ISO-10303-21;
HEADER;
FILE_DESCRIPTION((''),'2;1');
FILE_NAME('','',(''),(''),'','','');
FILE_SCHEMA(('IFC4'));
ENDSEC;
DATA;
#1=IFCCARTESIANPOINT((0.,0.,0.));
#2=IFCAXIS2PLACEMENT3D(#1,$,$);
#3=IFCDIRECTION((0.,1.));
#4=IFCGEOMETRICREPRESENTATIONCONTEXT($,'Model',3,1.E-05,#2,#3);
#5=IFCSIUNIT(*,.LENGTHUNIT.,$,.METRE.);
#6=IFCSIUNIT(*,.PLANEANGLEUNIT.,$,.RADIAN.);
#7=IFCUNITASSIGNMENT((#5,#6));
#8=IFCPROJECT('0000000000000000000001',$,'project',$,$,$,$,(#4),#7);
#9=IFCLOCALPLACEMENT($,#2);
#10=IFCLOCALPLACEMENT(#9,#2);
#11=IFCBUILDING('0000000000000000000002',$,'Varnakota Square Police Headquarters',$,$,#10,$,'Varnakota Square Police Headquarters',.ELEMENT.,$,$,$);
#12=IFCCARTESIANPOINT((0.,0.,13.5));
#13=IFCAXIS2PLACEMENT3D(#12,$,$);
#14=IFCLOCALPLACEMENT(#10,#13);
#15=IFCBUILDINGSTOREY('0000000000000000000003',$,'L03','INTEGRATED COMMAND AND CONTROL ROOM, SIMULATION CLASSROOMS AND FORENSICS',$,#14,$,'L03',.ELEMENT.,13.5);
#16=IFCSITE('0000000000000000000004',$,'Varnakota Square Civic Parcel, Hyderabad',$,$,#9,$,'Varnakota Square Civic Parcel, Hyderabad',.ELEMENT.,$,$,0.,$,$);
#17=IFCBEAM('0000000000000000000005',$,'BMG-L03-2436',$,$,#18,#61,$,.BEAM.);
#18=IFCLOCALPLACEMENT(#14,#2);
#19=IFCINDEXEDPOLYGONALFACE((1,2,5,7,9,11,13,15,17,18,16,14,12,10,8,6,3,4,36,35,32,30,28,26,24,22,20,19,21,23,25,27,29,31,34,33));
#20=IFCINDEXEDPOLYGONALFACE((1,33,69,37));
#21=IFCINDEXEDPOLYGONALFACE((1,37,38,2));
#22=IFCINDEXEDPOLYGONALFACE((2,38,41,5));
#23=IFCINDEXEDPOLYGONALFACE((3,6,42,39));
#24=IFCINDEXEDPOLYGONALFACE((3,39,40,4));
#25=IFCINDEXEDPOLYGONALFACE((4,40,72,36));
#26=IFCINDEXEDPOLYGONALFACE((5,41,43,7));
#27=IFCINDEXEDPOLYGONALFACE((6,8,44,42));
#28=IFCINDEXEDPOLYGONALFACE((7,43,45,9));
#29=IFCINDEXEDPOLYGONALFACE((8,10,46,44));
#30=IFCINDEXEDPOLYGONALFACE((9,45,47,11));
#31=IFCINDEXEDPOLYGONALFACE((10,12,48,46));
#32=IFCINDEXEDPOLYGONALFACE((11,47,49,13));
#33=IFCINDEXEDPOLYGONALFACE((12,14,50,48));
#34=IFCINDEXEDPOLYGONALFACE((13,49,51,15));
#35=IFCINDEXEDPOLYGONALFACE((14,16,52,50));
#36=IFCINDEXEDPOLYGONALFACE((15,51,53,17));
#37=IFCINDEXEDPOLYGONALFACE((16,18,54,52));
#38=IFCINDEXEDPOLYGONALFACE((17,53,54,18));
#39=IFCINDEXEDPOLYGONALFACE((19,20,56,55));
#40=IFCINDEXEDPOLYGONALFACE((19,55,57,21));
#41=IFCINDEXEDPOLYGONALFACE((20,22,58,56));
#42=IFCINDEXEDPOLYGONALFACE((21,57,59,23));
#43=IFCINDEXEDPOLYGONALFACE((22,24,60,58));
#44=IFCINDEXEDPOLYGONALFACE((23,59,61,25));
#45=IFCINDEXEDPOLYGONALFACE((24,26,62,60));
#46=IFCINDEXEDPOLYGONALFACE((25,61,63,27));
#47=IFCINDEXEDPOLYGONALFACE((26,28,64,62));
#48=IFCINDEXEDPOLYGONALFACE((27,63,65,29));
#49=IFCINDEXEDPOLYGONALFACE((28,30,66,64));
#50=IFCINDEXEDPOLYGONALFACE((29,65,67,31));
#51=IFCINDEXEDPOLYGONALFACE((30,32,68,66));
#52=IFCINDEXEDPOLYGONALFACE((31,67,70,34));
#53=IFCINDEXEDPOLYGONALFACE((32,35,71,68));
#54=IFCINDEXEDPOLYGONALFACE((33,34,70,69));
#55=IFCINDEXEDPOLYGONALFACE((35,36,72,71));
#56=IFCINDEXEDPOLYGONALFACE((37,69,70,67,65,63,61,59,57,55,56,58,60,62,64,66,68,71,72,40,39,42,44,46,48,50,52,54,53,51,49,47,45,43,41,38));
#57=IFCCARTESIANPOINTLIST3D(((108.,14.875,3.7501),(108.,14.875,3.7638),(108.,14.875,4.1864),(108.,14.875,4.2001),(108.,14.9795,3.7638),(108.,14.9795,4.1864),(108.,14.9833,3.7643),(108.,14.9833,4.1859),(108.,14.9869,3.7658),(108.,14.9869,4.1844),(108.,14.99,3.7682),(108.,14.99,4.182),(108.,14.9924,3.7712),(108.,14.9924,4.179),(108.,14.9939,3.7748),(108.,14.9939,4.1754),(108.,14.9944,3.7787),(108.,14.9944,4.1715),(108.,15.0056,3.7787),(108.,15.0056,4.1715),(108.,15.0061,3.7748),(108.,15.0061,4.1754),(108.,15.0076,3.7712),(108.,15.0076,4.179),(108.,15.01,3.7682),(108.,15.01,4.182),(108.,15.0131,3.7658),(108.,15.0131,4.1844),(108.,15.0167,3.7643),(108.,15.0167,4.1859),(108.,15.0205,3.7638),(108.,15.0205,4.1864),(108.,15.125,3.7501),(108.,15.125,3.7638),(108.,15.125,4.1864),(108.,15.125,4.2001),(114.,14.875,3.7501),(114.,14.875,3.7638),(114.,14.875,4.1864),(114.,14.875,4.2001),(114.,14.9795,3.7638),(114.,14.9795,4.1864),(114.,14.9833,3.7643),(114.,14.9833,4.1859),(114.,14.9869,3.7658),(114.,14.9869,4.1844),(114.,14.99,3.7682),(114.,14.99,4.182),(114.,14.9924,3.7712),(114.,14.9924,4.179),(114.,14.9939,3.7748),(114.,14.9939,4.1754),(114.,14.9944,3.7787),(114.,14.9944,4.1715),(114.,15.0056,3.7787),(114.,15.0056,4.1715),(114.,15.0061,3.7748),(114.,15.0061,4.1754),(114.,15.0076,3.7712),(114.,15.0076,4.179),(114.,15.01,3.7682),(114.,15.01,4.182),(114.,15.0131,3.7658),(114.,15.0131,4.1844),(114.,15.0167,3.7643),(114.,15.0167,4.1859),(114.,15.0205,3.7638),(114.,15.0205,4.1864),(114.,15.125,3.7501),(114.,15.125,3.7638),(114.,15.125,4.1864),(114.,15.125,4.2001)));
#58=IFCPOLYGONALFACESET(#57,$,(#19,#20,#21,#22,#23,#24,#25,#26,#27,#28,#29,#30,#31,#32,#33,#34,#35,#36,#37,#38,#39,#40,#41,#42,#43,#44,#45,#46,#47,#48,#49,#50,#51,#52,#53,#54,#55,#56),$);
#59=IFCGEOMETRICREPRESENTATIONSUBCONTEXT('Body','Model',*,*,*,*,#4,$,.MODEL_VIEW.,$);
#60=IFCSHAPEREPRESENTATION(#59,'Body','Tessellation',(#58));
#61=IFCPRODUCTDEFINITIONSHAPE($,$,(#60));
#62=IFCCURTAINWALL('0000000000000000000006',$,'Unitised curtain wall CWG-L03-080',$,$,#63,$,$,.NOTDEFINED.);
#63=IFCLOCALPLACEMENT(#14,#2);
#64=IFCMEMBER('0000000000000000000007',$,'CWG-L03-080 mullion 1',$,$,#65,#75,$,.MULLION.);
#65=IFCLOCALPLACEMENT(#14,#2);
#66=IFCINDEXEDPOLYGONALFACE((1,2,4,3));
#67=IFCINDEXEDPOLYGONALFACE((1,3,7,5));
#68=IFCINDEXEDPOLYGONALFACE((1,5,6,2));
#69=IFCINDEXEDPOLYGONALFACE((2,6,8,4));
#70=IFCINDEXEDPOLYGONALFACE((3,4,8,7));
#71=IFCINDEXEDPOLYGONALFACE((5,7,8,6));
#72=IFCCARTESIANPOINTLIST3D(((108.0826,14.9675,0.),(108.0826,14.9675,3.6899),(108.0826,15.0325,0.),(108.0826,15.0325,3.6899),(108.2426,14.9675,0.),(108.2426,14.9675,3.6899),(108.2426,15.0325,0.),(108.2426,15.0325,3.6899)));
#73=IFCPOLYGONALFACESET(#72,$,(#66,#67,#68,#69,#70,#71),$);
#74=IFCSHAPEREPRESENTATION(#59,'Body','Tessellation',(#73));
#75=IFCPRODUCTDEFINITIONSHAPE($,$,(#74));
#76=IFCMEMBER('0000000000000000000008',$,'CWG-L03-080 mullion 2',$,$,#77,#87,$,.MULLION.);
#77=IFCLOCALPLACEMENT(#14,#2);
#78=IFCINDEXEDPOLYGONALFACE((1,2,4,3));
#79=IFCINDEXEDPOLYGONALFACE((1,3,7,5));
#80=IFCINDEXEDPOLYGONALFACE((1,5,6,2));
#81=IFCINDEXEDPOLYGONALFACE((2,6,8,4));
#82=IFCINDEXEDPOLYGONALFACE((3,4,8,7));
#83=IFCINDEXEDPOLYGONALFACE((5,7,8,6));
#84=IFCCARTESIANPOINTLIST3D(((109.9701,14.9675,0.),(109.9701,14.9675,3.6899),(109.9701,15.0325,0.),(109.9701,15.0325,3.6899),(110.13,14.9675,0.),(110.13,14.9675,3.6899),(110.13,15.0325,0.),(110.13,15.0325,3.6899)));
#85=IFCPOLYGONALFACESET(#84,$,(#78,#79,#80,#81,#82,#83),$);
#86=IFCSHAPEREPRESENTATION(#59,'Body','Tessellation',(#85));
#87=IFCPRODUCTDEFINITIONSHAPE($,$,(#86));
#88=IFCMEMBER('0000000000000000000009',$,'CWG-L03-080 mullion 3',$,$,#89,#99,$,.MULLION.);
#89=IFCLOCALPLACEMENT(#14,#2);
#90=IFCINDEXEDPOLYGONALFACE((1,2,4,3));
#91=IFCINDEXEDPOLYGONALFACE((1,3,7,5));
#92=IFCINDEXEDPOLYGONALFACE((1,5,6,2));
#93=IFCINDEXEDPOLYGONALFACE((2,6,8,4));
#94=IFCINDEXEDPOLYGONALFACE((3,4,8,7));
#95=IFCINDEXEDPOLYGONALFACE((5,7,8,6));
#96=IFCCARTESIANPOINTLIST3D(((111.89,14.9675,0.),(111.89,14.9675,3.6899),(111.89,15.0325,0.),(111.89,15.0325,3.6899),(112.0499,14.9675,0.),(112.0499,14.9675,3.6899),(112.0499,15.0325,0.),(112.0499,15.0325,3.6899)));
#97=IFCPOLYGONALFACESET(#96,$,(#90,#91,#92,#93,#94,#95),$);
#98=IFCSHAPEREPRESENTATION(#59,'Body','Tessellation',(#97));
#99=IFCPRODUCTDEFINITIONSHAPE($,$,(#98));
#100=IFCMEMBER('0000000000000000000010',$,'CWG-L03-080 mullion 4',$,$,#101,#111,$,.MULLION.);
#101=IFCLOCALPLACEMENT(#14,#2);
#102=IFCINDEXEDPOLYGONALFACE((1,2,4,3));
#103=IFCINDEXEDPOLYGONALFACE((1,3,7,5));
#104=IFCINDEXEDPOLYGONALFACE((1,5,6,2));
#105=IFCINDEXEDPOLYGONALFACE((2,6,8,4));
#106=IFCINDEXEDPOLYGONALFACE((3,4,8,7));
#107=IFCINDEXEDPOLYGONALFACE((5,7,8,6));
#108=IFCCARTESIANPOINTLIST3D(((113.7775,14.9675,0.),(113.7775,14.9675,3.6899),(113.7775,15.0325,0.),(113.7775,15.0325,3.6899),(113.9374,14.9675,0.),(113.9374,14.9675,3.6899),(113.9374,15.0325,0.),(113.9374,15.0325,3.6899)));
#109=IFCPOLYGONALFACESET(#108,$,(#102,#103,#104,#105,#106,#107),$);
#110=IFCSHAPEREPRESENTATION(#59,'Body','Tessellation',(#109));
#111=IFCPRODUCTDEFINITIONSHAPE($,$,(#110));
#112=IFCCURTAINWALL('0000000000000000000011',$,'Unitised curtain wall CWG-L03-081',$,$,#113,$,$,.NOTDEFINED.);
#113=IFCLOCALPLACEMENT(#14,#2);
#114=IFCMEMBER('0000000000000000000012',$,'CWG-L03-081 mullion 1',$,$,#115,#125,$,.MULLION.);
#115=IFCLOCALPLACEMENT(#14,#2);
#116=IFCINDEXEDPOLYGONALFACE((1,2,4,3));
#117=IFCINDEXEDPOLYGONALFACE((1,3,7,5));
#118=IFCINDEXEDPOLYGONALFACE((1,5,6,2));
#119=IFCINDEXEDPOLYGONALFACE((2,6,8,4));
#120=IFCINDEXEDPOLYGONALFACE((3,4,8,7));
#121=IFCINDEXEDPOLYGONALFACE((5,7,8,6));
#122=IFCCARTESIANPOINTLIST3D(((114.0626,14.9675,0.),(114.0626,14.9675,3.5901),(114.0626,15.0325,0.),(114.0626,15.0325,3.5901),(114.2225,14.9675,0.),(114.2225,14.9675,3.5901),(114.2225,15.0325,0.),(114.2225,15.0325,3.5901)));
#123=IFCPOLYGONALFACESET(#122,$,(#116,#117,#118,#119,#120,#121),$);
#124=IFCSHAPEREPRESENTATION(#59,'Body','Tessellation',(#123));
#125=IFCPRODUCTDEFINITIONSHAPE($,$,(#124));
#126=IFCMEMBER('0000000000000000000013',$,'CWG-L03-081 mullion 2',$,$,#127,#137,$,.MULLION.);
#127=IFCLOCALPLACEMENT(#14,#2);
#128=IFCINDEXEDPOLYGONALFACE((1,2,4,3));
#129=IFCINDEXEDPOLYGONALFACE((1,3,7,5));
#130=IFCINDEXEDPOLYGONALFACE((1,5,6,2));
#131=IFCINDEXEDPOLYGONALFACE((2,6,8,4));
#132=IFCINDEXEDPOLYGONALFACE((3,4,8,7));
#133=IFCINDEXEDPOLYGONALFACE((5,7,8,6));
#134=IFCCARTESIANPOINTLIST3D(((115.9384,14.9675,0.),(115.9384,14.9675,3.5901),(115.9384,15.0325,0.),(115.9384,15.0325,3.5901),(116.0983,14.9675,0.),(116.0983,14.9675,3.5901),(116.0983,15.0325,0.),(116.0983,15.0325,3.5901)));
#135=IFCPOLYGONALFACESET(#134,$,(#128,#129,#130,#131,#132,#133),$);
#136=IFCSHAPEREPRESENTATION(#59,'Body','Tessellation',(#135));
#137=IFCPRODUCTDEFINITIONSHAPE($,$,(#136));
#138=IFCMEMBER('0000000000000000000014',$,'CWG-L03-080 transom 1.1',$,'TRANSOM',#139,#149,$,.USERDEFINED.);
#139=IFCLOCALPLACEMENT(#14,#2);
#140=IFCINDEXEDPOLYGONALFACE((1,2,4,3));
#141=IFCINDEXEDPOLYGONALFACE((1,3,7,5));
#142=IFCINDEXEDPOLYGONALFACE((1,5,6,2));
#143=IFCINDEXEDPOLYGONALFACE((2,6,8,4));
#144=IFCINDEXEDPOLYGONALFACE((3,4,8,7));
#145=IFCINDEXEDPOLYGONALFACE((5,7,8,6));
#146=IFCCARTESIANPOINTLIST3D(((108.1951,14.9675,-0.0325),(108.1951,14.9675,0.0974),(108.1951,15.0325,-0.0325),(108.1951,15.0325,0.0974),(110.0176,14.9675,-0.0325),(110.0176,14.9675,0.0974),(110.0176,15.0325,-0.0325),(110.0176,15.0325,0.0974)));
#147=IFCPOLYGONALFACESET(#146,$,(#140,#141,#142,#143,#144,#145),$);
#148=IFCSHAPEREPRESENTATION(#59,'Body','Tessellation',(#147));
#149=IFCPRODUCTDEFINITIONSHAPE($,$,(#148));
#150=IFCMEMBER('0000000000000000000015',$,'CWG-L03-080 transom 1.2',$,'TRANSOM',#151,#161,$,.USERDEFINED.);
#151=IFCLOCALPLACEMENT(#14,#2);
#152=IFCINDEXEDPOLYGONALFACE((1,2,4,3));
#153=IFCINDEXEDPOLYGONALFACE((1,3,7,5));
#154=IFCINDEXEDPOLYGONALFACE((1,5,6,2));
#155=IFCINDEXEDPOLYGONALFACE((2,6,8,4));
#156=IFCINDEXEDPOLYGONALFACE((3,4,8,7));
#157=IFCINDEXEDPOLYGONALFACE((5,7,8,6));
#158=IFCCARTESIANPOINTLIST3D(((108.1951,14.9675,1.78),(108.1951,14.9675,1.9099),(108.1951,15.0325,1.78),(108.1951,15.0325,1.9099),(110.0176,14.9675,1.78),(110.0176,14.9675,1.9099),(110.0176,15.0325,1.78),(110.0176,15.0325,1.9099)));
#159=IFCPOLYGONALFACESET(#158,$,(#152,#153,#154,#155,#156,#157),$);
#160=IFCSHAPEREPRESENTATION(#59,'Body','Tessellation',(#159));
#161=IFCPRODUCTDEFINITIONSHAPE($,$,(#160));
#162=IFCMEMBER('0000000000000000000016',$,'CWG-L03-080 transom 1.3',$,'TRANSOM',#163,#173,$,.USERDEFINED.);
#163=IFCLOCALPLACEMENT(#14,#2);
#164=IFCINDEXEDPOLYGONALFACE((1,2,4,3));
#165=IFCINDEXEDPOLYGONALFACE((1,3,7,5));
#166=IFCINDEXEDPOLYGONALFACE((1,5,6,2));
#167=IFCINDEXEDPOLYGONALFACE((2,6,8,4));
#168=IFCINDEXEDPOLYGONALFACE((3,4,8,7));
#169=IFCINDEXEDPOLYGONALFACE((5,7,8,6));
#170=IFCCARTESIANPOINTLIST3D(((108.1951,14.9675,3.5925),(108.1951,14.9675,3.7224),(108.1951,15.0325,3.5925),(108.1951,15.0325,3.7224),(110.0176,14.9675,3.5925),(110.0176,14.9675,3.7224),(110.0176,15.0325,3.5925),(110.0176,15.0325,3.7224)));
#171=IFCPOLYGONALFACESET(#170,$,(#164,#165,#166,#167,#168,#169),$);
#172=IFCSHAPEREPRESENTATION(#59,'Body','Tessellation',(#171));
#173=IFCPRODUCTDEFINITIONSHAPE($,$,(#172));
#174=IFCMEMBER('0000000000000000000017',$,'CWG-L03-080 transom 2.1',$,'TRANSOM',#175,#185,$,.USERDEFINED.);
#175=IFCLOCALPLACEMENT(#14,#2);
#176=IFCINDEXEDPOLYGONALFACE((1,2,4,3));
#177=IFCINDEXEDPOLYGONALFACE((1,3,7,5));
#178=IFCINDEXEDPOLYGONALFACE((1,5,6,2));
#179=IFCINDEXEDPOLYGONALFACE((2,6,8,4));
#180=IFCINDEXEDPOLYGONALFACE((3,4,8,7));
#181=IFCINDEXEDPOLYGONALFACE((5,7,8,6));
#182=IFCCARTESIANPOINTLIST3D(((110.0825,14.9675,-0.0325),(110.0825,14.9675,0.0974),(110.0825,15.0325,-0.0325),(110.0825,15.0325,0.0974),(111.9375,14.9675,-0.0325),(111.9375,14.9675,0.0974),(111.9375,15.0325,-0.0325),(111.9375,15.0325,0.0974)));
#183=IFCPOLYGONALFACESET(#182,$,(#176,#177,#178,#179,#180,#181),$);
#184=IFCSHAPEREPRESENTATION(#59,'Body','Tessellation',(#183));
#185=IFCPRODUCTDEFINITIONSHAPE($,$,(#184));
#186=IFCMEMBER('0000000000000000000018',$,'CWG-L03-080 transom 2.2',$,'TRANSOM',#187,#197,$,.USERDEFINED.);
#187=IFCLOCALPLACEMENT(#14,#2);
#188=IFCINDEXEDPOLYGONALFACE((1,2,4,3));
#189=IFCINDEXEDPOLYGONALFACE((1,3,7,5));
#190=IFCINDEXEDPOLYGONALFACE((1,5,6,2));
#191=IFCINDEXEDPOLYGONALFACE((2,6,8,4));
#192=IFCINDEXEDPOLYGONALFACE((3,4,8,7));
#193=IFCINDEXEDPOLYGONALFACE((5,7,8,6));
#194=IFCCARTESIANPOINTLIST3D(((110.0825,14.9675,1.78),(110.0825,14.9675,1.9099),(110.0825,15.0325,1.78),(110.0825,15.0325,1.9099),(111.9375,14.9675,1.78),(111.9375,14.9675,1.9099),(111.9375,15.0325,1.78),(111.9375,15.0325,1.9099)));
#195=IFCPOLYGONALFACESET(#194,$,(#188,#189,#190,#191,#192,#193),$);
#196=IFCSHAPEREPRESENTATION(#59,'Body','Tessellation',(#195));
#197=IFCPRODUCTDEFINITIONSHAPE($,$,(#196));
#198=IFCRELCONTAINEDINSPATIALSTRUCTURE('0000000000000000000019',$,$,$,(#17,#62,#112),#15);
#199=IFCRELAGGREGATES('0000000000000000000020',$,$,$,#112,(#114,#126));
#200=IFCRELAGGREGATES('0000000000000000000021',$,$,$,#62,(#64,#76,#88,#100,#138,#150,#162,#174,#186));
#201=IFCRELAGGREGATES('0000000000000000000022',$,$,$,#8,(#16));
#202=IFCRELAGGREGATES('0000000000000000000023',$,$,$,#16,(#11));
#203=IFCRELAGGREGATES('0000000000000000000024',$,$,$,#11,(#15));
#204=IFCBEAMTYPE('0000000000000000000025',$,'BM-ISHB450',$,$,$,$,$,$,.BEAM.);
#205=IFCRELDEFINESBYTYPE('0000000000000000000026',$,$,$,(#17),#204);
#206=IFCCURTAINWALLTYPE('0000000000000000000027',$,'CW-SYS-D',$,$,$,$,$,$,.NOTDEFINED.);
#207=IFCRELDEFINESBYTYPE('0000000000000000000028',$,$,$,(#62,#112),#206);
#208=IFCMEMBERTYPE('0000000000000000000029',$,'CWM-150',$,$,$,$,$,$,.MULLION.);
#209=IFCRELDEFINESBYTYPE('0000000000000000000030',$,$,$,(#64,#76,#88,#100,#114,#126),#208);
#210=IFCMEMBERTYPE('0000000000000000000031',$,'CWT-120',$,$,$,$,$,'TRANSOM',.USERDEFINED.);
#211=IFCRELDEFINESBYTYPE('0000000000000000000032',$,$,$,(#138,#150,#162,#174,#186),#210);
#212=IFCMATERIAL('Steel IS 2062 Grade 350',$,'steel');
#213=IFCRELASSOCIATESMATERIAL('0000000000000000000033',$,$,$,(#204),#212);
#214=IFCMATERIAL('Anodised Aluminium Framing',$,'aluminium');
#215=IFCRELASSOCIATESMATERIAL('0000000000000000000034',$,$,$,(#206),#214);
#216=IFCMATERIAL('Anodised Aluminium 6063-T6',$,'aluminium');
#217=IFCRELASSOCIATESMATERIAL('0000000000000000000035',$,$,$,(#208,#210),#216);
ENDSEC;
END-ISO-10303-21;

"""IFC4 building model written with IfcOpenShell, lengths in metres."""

from ifc_helpers import new_model, si_unit, direction, frame, origin, origin_2d, place, context, subcontext, project, spatial, rectangle, i_section, extrude, material, material_profile, profile_set, type_object, element, aggregate, save


model = new_model("IFC4")

# Units and contexts
model_context = context("Model", 3, precision=1e-05, world=origin(), true_north=direction((0.0, 1.0)))
body_context = subcontext(model_context, "Body", "Model", "MODEL_VIEW")
ifc_project = project(units=[si_unit("LENGTHUNIT", "METRE"), si_unit("PLANEANGLEUNIT", "RADIAN")], contexts=[model_context])

# Site, building, storey
site_placement = place(None, origin())
site = spatial("IfcSite", under=ifc_project, at=site_placement, Name="Varnakota Square Civic Parcel, Hyderabad", LongName="Varnakota Square Civic Parcel, Hyderabad", CompositionType="ELEMENT", RefElevation=0.0)
building_placement = place(site_placement, origin())
building = spatial("IfcBuilding", under=site, at=building_placement, Name="Varnakota Square Police Headquarters", LongName="Varnakota Square Police Headquarters", CompositionType="ELEMENT")
storey_placement = place(building_placement, frame((0.0, 0.0, 13.5)))
storey = spatial("IfcBuildingStorey", under=building, at=storey_placement, Name="L03", Description="INTEGRATED COMMAND AND CONTROL ROOM, SIMULATION CLASSROOMS AND FORENSICS", LongName="L03", CompositionType="ELEMENT", Elevation=13.5)

# Shared definitions
ifc_material_1 = material(Name="Steel IS 2062 Grade 350", Category="steel")

# Beam
ifc_material_profile_1 = material_profile(ifc_material_1, i_section(OverallWidth=0.25, OverallDepth=0.45, WebThickness=0.0112, FlangeThickness=0.0137, FilletRadius=0.0149, at=origin_2d()), Name="ISHB 450")
ifc_profile_set_1 = profile_set([ifc_material_profile_1], Name="Steel IS 2062 Grade 350")
beam_type_1 = type_object("IfcBeamType", Name="BM-ISHB450", PredefinedType="BEAM", material=ifc_profile_set_1)
beam_1_placement = place(storey_placement, frame((108.0, 15.0, 3.9751), z_axis=(1.0, 0.0, 0.0), x_axis=(0.0, 1.0, 0.0)))
element("IfcBeam", 1, at=beam_1_placement, inside=storey, type_object=beam_type_1, Name="BMG-L03-2436", PredefinedType="BEAM", context=body_context, shape_type="SweptSolid", body=[
    extrude(i_section(OverallWidth=0.25, OverallDepth=0.45, WebThickness=0.0112, FlangeThickness=0.0137, FilletRadius=0.0149, at=origin_2d()), origin(), (0.0, 0.0, 1.0), 6.0),
])

# Curtain walls, members
ifc_material_2 = material(Name="Anodised Aluminium Framing", Category="aluminium")
curtain_wall_type = type_object("IfcCurtainWallType", Name="CW-SYS-D", PredefinedType="NOTDEFINED", material=ifc_material_2)
curtain_wall_1_placement = place(storey_placement, origin())
curtain_wall_1 = element("IfcCurtainWall", 2, at=curtain_wall_1_placement, inside=storey, type_object=curtain_wall_type, Name="Unitised curtain wall CWG-L03-080", PredefinedType="NOTDEFINED")
ifc_material_3 = material(Name="Anodised Aluminium 6063-T6", Category="aluminium")
ifc_material_profile_2 = material_profile(ifc_material_3, rectangle(XDim=0.0649, YDim=0.1599, at=origin_2d()), Name="ALU MULLION 65x160")
ifc_profile_set_2 = profile_set([ifc_material_profile_2], Name="Anodised Aluminium 6063-T6")
member_type_1 = type_object("IfcMemberType", Name="CWM-150", PredefinedType="MULLION", material=ifc_profile_set_2)
member_1_placement = place(storey_placement, frame((108.1626, 15.0, 0.0), z_axis=(0.0, 0.0, 1.0), x_axis=(0.0, 1.0, 0.0)))
member_1 = element("IfcMember", 3, at=member_1_placement, type_object=member_type_1, Name="CWG-L03-080 mullion 1", PredefinedType="MULLION", context=body_context, shape_type="SweptSolid", body=[
    extrude(rectangle(XDim=0.0649, YDim=0.1599, at=origin_2d()), origin(), (0.0, 0.0, 1.0), 3.6899),
])
member_2_placement = place(storey_placement, frame((110.05, 15.0, 0.0), z_axis=(0.0, 0.0, 1.0), x_axis=(0.0, 1.0, 0.0)))
member_2 = element("IfcMember", 4, at=member_2_placement, type_object=member_type_1, Name="CWG-L03-080 mullion 2", PredefinedType="MULLION", context=body_context, shape_type="SweptSolid", body=[
    extrude(rectangle(XDim=0.0649, YDim=0.1599, at=origin_2d()), origin(), (0.0, 0.0, 1.0), 3.6899),
])
member_3_placement = place(storey_placement, frame((111.97, 15.0, 0.0), z_axis=(0.0, 0.0, 1.0), x_axis=(0.0, 1.0, 0.0)))
member_3 = element("IfcMember", 5, at=member_3_placement, type_object=member_type_1, Name="CWG-L03-080 mullion 3", PredefinedType="MULLION", context=body_context, shape_type="SweptSolid", body=[
    extrude(rectangle(XDim=0.0649, YDim=0.1599, at=origin_2d()), origin(), (0.0, 0.0, 1.0), 3.6899),
])
member_4_placement = place(storey_placement, frame((113.8574, 15.0, 0.0), z_axis=(0.0, 0.0, 1.0), x_axis=(0.0, 1.0, 0.0)))
member_4 = element("IfcMember", 6, at=member_4_placement, type_object=member_type_1, Name="CWG-L03-080 mullion 4", PredefinedType="MULLION", context=body_context, shape_type="SweptSolid", body=[
    extrude(rectangle(XDim=0.0649, YDim=0.1599, at=origin_2d()), origin(), (0.0, 0.0, 1.0), 3.6899),
])
curtain_wall_2_placement = place(storey_placement, origin())
curtain_wall_2 = element("IfcCurtainWall", 7, at=curtain_wall_2_placement, inside=storey, type_object=curtain_wall_type, Name="Unitised curtain wall CWG-L03-081", PredefinedType="NOTDEFINED")
member_5_placement = place(storey_placement, frame((114.1426, 15.0, 0.0), z_axis=(0.0, 0.0, 1.0), x_axis=(0.0, 1.0, 0.0)))
member_5 = element("IfcMember", 8, at=member_5_placement, type_object=member_type_1, Name="CWG-L03-081 mullion 1", PredefinedType="MULLION", context=body_context, shape_type="SweptSolid", body=[
    extrude(rectangle(XDim=0.0649, YDim=0.1599, at=origin_2d()), origin(), (0.0, 0.0, 1.0), 3.5901),
])
member_6_placement = place(storey_placement, frame((116.0183, 15.0, 0.0), z_axis=(0.0, 0.0, 1.0), x_axis=(0.0, 1.0, 0.0)))
member_6 = element("IfcMember", 9, at=member_6_placement, type_object=member_type_1, Name="CWG-L03-081 mullion 2", PredefinedType="MULLION", context=body_context, shape_type="SweptSolid", body=[
    extrude(rectangle(XDim=0.0649, YDim=0.1599, at=origin_2d()), origin(), (0.0, 0.0, 1.0), 3.5901),
])

# Members
ifc_material_profile_3 = material_profile(ifc_material_3, rectangle(XDim=0.0649, YDim=0.1299, at=origin_2d()), Name="ALU TRANSOM 65x130")
ifc_profile_set_3 = profile_set([ifc_material_profile_3], Name="Anodised Aluminium 6063-T6")
member_type_2 = type_object("IfcMemberType", Name="CWT-120", ElementType="TRANSOM", PredefinedType="USERDEFINED", material=ifc_profile_set_3)
member_7_placement = place(storey_placement, frame((108.1951, 15.0, 0.0325), z_axis=(1.0, 0.0, 0.0), x_axis=(0.0, 1.0, 0.0)))
member_7 = element("IfcMember", 10, at=member_7_placement, type_object=member_type_2, Name="CWG-L03-080 transom 1.1", ObjectType="TRANSOM", PredefinedType="USERDEFINED", context=body_context, shape_type="SweptSolid", body=[
    extrude(rectangle(XDim=0.0649, YDim=0.1299, at=origin_2d()), origin(), (0.0, 0.0, 1.0), 1.8225),
])
member_8_placement = place(storey_placement, frame((108.1951, 15.0, 1.845), z_axis=(1.0, 0.0, 0.0), x_axis=(0.0, 1.0, 0.0)))
member_8 = element("IfcMember", 11, at=member_8_placement, type_object=member_type_2, Name="CWG-L03-080 transom 1.2", ObjectType="TRANSOM", PredefinedType="USERDEFINED", context=body_context, shape_type="SweptSolid", body=[
    extrude(rectangle(XDim=0.0649, YDim=0.1299, at=origin_2d()), origin(), (0.0, 0.0, 1.0), 1.8225),
])
member_9_placement = place(storey_placement, frame((108.1951, 15.0, 3.6575), z_axis=(1.0, 0.0, 0.0), x_axis=(0.0, 1.0, 0.0)))
member_9 = element("IfcMember", 12, at=member_9_placement, type_object=member_type_2, Name="CWG-L03-080 transom 1.3", ObjectType="TRANSOM", PredefinedType="USERDEFINED", context=body_context, shape_type="SweptSolid", body=[
    extrude(rectangle(XDim=0.0649, YDim=0.1299, at=origin_2d()), origin(), (0.0, 0.0, 1.0), 1.8225),
])
member_10_placement = place(storey_placement, frame((110.0825, 15.0, 0.0325), z_axis=(1.0, 0.0, 0.0), x_axis=(0.0, 1.0, 0.0)))
member_10 = element("IfcMember", 13, at=member_10_placement, type_object=member_type_2, Name="CWG-L03-080 transom 2.1", ObjectType="TRANSOM", PredefinedType="USERDEFINED", context=body_context, shape_type="SweptSolid", body=[
    extrude(rectangle(XDim=0.0649, YDim=0.1299, at=origin_2d()), origin(), (0.0, 0.0, 1.0), 1.855),
])
member_11_placement = place(storey_placement, frame((110.0825, 15.0, 1.845), z_axis=(1.0, 0.0, 0.0), x_axis=(0.0, 1.0, 0.0)))
member_11 = element("IfcMember", 14, at=member_11_placement, type_object=member_type_2, Name="CWG-L03-080 transom 2.2", ObjectType="TRANSOM", PredefinedType="USERDEFINED", context=body_context, shape_type="SweptSolid", body=[
    extrude(rectangle(XDim=0.0649, YDim=0.1299, at=origin_2d()), origin(), (0.0, 0.0, 1.0), 1.855),
])

aggregate(curtain_wall_2, [member_5, member_6])
aggregate(curtain_wall_1, [member_1, member_2, member_3, member_4, member_7, member_8, member_9, member_10, member_11])

save(model, "model.ifc")
